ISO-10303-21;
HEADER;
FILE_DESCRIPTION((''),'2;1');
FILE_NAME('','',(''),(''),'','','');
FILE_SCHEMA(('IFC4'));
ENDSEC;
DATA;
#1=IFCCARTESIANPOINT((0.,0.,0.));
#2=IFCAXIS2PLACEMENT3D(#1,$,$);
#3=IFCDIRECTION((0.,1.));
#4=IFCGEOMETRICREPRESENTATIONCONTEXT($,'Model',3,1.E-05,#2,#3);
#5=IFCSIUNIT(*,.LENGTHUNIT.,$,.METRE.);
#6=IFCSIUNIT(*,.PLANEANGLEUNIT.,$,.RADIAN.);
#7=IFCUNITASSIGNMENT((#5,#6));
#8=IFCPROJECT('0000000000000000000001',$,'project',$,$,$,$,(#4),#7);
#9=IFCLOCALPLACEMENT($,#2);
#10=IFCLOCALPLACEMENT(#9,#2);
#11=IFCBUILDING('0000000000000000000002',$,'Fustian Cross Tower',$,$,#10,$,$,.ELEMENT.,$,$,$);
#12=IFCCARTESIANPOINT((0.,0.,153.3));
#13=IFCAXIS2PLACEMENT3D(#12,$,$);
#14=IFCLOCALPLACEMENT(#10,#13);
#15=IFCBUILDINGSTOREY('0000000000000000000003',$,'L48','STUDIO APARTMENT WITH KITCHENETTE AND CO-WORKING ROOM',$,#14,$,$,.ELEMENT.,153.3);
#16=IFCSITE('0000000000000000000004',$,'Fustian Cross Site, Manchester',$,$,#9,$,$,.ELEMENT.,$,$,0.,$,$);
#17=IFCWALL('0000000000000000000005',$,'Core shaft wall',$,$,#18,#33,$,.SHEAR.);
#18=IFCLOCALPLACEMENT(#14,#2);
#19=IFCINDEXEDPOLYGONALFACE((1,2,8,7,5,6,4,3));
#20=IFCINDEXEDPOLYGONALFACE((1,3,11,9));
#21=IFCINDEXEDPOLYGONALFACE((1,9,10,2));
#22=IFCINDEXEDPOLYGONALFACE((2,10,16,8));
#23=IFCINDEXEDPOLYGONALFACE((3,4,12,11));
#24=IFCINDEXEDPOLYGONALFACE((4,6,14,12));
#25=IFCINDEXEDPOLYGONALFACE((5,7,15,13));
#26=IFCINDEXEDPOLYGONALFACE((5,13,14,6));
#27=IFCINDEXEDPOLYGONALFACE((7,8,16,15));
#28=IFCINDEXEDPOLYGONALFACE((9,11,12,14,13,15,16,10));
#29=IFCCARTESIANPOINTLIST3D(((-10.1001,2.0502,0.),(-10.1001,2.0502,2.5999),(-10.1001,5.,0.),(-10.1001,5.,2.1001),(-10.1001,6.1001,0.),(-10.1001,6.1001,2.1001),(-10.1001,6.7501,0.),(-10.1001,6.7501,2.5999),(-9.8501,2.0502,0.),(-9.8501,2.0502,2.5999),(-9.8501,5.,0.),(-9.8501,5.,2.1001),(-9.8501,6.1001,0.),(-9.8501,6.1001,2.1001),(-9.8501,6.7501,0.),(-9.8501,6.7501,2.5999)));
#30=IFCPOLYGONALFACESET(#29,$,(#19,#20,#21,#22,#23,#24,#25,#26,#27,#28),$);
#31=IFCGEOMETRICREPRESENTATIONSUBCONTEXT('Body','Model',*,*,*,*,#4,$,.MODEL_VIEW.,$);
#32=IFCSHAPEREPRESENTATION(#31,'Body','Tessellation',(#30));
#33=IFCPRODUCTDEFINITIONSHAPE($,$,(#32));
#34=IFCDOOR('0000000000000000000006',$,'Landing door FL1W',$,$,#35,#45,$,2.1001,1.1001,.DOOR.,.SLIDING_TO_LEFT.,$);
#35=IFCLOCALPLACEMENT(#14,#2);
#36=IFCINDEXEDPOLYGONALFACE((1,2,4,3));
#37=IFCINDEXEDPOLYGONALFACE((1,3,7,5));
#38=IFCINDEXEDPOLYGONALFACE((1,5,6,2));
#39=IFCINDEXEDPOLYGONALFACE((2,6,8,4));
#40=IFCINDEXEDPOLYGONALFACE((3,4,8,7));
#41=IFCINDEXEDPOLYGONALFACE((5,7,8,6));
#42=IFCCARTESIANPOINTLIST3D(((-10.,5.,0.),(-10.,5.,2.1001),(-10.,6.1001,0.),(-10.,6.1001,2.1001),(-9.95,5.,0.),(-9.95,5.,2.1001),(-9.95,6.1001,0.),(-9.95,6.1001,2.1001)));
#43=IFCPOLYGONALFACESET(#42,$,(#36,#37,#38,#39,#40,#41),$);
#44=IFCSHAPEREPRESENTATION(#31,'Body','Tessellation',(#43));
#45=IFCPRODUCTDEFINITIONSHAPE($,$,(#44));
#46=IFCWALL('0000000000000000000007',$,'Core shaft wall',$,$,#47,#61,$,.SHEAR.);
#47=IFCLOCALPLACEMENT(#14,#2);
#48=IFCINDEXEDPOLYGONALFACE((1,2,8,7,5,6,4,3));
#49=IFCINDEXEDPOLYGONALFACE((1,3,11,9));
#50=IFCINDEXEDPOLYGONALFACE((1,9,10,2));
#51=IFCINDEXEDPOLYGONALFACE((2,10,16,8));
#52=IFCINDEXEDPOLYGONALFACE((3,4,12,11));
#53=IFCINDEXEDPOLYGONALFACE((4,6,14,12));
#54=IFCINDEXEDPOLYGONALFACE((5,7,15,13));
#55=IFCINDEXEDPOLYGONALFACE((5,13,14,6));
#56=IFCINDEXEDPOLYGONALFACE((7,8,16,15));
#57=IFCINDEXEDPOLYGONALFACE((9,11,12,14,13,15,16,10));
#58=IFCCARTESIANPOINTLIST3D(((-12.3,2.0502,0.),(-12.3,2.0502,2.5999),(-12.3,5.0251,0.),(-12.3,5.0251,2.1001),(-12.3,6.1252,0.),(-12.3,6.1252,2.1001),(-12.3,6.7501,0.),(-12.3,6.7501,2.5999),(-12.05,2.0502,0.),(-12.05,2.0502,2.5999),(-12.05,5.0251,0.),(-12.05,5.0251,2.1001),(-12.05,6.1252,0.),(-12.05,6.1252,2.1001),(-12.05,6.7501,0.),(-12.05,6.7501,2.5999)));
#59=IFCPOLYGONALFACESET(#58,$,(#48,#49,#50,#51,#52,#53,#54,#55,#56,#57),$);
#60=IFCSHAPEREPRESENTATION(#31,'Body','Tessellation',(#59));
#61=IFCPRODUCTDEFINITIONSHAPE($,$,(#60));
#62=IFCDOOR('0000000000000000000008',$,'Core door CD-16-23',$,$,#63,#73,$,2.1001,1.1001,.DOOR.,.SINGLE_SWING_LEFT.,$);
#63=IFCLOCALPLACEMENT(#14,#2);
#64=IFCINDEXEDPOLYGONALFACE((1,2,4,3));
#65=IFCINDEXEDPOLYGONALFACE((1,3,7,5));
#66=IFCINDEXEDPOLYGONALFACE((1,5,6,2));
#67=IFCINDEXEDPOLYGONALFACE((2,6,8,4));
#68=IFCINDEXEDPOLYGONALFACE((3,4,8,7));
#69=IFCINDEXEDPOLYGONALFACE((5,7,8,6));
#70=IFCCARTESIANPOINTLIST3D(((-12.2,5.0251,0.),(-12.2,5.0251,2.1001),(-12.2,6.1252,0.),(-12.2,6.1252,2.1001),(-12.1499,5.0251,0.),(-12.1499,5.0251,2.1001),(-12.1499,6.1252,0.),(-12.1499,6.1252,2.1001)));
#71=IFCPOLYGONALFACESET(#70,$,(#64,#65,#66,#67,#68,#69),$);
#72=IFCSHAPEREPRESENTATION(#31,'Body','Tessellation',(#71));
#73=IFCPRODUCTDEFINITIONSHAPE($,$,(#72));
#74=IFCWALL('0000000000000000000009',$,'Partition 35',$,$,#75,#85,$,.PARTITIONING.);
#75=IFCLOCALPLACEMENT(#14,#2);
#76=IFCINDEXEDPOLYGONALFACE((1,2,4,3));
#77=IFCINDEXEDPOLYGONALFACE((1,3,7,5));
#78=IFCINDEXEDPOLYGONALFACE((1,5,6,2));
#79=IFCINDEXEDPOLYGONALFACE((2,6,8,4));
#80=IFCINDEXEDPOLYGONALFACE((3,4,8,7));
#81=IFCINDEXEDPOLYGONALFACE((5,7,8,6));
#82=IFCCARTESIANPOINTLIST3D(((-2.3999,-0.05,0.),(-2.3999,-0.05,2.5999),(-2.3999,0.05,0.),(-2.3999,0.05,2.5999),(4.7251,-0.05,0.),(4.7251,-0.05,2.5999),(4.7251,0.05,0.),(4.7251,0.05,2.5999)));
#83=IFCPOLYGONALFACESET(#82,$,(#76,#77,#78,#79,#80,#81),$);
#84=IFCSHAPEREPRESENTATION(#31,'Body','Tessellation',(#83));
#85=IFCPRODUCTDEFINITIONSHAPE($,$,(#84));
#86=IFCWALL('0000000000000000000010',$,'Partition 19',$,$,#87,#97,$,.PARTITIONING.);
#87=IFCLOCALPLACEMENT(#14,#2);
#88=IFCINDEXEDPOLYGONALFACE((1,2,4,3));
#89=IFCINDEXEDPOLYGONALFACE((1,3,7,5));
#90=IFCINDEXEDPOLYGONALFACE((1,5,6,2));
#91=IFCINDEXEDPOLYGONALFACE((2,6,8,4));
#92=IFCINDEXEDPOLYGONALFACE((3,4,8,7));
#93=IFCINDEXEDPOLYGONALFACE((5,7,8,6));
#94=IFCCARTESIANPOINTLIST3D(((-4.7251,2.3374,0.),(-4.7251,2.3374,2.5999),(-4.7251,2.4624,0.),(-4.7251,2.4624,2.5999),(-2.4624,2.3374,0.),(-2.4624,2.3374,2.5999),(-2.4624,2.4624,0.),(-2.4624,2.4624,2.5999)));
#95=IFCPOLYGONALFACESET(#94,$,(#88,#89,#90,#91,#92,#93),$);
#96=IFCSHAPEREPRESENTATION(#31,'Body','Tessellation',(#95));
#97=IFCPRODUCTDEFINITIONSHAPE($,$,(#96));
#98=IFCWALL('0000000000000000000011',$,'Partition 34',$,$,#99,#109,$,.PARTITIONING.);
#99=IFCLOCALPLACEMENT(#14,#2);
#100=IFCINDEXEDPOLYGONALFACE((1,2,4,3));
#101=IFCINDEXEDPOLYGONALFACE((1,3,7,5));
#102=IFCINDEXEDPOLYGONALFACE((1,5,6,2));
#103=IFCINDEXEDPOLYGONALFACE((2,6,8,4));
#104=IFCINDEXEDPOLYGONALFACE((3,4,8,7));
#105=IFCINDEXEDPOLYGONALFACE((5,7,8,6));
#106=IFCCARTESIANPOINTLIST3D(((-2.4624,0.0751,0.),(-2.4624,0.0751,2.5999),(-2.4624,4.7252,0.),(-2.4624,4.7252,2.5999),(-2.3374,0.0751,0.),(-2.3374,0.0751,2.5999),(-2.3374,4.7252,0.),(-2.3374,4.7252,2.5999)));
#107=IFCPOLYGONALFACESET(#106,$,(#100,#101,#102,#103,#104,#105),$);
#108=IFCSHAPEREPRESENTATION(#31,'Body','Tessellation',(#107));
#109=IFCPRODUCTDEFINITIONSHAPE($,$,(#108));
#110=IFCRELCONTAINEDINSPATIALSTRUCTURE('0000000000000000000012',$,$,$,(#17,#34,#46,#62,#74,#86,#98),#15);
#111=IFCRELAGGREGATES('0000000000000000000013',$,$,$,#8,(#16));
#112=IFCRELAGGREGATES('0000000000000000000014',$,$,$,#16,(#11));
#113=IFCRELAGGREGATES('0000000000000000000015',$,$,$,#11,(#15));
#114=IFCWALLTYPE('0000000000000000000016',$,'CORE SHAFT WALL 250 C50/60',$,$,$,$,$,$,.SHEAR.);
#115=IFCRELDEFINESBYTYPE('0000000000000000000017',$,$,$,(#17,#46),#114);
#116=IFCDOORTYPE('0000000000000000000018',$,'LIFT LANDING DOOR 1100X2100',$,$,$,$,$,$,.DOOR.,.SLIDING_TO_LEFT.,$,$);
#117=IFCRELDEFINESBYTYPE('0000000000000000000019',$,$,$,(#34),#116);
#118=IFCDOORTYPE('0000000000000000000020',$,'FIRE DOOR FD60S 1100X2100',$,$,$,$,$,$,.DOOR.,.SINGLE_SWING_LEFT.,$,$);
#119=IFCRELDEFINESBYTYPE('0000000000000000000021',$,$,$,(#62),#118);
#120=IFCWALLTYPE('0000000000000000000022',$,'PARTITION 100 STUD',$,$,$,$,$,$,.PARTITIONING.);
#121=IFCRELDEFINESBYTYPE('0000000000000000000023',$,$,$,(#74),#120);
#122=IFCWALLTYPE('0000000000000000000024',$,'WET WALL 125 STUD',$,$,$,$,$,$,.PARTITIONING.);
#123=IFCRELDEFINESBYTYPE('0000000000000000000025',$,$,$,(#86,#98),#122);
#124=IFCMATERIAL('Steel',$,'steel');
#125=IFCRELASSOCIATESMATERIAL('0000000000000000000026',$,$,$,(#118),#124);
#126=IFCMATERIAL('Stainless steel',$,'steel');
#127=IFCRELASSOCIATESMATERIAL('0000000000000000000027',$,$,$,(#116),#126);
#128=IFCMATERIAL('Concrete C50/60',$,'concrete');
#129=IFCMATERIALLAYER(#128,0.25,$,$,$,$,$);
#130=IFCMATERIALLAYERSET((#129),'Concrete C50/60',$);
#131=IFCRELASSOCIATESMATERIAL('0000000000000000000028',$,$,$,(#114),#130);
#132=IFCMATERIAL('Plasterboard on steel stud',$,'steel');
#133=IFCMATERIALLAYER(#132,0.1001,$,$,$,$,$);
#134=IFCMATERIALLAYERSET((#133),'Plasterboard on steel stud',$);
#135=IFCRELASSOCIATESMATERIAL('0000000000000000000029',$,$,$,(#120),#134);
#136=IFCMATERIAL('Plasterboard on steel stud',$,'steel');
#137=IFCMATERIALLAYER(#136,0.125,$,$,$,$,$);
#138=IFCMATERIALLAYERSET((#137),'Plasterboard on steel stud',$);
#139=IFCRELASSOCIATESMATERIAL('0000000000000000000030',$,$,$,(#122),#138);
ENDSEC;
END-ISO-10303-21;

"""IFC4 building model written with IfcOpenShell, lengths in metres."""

from ifc_helpers import new_model, si_unit, direction, frame, frame_2d, origin, place, context, subcontext, project, spatial, rectangle, extrude, material, layer, layer_set, type_object, element, fill, save


model = new_model("IFC4")

# Units and contexts
model_context = context("Model", 3, precision=1e-05, world=origin(), true_north=direction((0.0, 1.0)))
body_context = subcontext(model_context, "Body", "Model", "MODEL_VIEW")
ifc_project = project(units=[si_unit("LENGTHUNIT", "METRE"), si_unit("PLANEANGLEUNIT", "RADIAN")], contexts=[model_context])

# Site, building, storey
site_placement = place(None, origin())
site = spatial("IfcSite", under=ifc_project, at=site_placement, Name="Fustian Cross Site, Manchester", CompositionType="ELEMENT", RefElevation=0.0)
building_placement = place(site_placement, origin())
building = spatial("IfcBuilding", under=site, at=building_placement, Name="Fustian Cross Tower", CompositionType="ELEMENT")
storey_placement = place(building_placement, frame((0.0, 0.0, 153.3)))
storey = spatial("IfcBuildingStorey", under=building, at=storey_placement, Name="L48", Description="STUDIO APARTMENT WITH KITCHENETTE AND CO-WORKING ROOM", CompositionType="ELEMENT", Elevation=153.3)

# Shared definitions
ifc_material_1 = material(Name="Steel", Category="steel")
door_type_1 = type_object("IfcDoorType", Name="FIRE DOOR FD60S 1100X2100", OperationType="SINGLE_SWING_LEFT", PredefinedType="DOOR", material=ifc_material_1)
ifc_material_2 = material(Name="Stainless steel", Category="steel")
door_type_2 = type_object("IfcDoorType", Name="LIFT LANDING DOOR 1100X2100", OperationType="SLIDING_TO_LEFT", PredefinedType="DOOR", material=ifc_material_2)

# Shared definitions
ifc_material_3 = material(Name="Concrete C50/60", Category="concrete")
ifc_layer_1 = layer(ifc_material_3, 0.25)
ifc_layer_set_1 = layer_set([ifc_layer_1], Name="Concrete C50/60")
wall_type_1 = type_object("IfcWallType", Name="CORE SHAFT WALL 250 C50/60", PredefinedType="SHEAR", material=ifc_layer_set_1)

# Walls, openings, doors
wall_1_placement = place(storey_placement, frame((-9.9751, 2.05, 0.0), z_axis=(0.0, 0.0, 1.0), x_axis=(0.0, 1.0, 0.0)))
wall_1 = element("IfcWall", 1, at=wall_1_placement, inside=storey, type_object=wall_type_1, Name="Core shaft wall", PredefinedType="SHEAR", context=body_context, shape_type="SweptSolid", body=[
    extrude(rectangle(XDim=4.7, YDim=0.25, at=frame_2d((2.3501, 0.0))), origin(), (0.0, 0.0, 1.0), 2.5999),
])
opening_1_placement = place(wall_1_placement, frame((2.95, 0.0, 0.0)))
opening_1 = element("IfcOpeningElement", 2, at=opening_1_placement, cuts=wall_1, PredefinedType="OPENING", context=body_context, shape_type="SweptSolid", body=[
    extrude(rectangle(XDim=1.1001, YDim=2.1001, at=frame_2d((0.55, 1.05))), frame((0.0, 0.135, 0.0), z_axis=(0.0, -1.0, 0.0), x_axis=(1.0, 0.0, 0.0)), (0.0, 0.0, 1.0), 0.27),
])
door_1_placement = place(opening_1_placement, origin())
door_1 = element("IfcDoor", 3, at=door_1_placement, inside=storey, type_object=door_type_2, Name="Landing door FL1W", OperationType="SLIDING_TO_LEFT", OverallHeight=2.1001, OverallWidth=1.1001, PredefinedType="DOOR", context=body_context, shape_type="SweptSolid", body=[
    extrude(rectangle(XDim=1.1001, YDim=2.1001, at=frame_2d((0.55, 1.05))), frame((0.0, 0.0249, 0.0), z_axis=(0.0, -1.0, 0.0), x_axis=(1.0, 0.0, 0.0)), (0.0, 0.0, 1.0), 0.05),
])
fill(opening_1, door_1)
wall_2_placement = place(storey_placement, frame((-12.175, 2.05, 0.0), z_axis=(0.0, 0.0, 1.0), x_axis=(0.0, 1.0, 0.0)))
wall_2 = element("IfcWall", 4, at=wall_2_placement, inside=storey, type_object=wall_type_1, Name="Core shaft wall", PredefinedType="SHEAR", context=body_context, shape_type="SweptSolid", body=[
    extrude(rectangle(XDim=4.7, YDim=0.25, at=frame_2d((2.3501, 0.0))), origin(), (0.0, 0.0, 1.0), 2.5999),
])
opening_2_placement = place(wall_2_placement, frame((2.9751, 0.0, 0.0)))
opening_2 = element("IfcOpeningElement", 5, at=opening_2_placement, cuts=wall_2, PredefinedType="OPENING", context=body_context, shape_type="SweptSolid", body=[
    extrude(rectangle(XDim=1.1001, YDim=2.1001, at=frame_2d((0.55, 1.05))), frame((0.0, 0.135, 0.0), z_axis=(0.0, -1.0, 0.0), x_axis=(1.0, 0.0, 0.0)), (0.0, 0.0, 1.0), 0.27),
])
door_2_placement = place(opening_2_placement, origin())
door_2 = element("IfcDoor", 6, at=door_2_placement, inside=storey, type_object=door_type_1, Name="Core door CD-16-23", OperationType="SINGLE_SWING_LEFT", OverallHeight=2.1001, OverallWidth=1.1001, PredefinedType="DOOR", context=body_context, shape_type="SweptSolid", body=[
    extrude(rectangle(XDim=1.1001, YDim=2.1001, at=frame_2d((0.55, 1.05))), frame((0.0, 0.0249, 0.0), z_axis=(0.0, -1.0, 0.0), x_axis=(1.0, 0.0, 0.0)), (0.0, 0.0, 1.0), 0.05),
])
fill(opening_2, door_2)

# Walls
ifc_material_4 = material(Name="Plasterboard on steel stud", Category="steel")
ifc_layer_2 = layer(ifc_material_4, 0.1001)
ifc_layer_set_2 = layer_set([ifc_layer_2], Name="Plasterboard on steel stud")
wall_type_2 = type_object("IfcWallType", Name="PARTITION 100 STUD", PredefinedType="PARTITIONING", material=ifc_layer_set_2)
wall_3_placement = place(storey_placement, frame((-2.3999, 0.0, 0.0), z_axis=(0.0, 0.0, 1.0), x_axis=(1.0, 0.0, 0.0)))
element("IfcWall", 7, at=wall_3_placement, inside=storey, type_object=wall_type_2, Name="Partition 35", PredefinedType="PARTITIONING", context=body_context, shape_type="SweptSolid", body=[
    extrude(rectangle(XDim=7.125, YDim=0.1001, at=frame_2d((3.5625, 0.0))), origin(), (0.0, 0.0, 1.0), 2.5999),
])
ifc_material_5 = material(Name="Plasterboard on steel stud", Category="steel")
ifc_layer_3 = layer(ifc_material_5, 0.125)
ifc_layer_set_3 = layer_set([ifc_layer_3], Name="Plasterboard on steel stud")
wall_type_3 = type_object("IfcWallType", Name="WET WALL 125 STUD", PredefinedType="PARTITIONING", material=ifc_layer_set_3)
wall_4_placement = place(storey_placement, frame((-4.7251, 2.3999, 0.0), z_axis=(0.0, 0.0, 1.0), x_axis=(1.0, 0.0, 0.0)))
element("IfcWall", 8, at=wall_4_placement, inside=storey, type_object=wall_type_3, Name="Partition 19", PredefinedType="PARTITIONING", context=body_context, shape_type="SweptSolid", body=[
    extrude(rectangle(XDim=2.2627, YDim=0.125, at=frame_2d((1.1313, 0.0))), origin(), (0.0, 0.0, 1.0), 2.5999),
])
wall_5_placement = place(storey_placement, frame((-2.3999, 0.075, 0.0), z_axis=(0.0, 0.0, 1.0), x_axis=(0.0, 1.0, 0.0)))
element("IfcWall", 9, at=wall_5_placement, inside=storey, type_object=wall_type_3, Name="Partition 34", PredefinedType="PARTITIONING", context=body_context, shape_type="SweptSolid", body=[
    extrude(rectangle(XDim=4.6501, YDim=0.125, at=frame_2d((2.3252, 0.0))), origin(), (0.0, 0.0, 1.0), 2.5999),
])

save(model, "model.ifc")
